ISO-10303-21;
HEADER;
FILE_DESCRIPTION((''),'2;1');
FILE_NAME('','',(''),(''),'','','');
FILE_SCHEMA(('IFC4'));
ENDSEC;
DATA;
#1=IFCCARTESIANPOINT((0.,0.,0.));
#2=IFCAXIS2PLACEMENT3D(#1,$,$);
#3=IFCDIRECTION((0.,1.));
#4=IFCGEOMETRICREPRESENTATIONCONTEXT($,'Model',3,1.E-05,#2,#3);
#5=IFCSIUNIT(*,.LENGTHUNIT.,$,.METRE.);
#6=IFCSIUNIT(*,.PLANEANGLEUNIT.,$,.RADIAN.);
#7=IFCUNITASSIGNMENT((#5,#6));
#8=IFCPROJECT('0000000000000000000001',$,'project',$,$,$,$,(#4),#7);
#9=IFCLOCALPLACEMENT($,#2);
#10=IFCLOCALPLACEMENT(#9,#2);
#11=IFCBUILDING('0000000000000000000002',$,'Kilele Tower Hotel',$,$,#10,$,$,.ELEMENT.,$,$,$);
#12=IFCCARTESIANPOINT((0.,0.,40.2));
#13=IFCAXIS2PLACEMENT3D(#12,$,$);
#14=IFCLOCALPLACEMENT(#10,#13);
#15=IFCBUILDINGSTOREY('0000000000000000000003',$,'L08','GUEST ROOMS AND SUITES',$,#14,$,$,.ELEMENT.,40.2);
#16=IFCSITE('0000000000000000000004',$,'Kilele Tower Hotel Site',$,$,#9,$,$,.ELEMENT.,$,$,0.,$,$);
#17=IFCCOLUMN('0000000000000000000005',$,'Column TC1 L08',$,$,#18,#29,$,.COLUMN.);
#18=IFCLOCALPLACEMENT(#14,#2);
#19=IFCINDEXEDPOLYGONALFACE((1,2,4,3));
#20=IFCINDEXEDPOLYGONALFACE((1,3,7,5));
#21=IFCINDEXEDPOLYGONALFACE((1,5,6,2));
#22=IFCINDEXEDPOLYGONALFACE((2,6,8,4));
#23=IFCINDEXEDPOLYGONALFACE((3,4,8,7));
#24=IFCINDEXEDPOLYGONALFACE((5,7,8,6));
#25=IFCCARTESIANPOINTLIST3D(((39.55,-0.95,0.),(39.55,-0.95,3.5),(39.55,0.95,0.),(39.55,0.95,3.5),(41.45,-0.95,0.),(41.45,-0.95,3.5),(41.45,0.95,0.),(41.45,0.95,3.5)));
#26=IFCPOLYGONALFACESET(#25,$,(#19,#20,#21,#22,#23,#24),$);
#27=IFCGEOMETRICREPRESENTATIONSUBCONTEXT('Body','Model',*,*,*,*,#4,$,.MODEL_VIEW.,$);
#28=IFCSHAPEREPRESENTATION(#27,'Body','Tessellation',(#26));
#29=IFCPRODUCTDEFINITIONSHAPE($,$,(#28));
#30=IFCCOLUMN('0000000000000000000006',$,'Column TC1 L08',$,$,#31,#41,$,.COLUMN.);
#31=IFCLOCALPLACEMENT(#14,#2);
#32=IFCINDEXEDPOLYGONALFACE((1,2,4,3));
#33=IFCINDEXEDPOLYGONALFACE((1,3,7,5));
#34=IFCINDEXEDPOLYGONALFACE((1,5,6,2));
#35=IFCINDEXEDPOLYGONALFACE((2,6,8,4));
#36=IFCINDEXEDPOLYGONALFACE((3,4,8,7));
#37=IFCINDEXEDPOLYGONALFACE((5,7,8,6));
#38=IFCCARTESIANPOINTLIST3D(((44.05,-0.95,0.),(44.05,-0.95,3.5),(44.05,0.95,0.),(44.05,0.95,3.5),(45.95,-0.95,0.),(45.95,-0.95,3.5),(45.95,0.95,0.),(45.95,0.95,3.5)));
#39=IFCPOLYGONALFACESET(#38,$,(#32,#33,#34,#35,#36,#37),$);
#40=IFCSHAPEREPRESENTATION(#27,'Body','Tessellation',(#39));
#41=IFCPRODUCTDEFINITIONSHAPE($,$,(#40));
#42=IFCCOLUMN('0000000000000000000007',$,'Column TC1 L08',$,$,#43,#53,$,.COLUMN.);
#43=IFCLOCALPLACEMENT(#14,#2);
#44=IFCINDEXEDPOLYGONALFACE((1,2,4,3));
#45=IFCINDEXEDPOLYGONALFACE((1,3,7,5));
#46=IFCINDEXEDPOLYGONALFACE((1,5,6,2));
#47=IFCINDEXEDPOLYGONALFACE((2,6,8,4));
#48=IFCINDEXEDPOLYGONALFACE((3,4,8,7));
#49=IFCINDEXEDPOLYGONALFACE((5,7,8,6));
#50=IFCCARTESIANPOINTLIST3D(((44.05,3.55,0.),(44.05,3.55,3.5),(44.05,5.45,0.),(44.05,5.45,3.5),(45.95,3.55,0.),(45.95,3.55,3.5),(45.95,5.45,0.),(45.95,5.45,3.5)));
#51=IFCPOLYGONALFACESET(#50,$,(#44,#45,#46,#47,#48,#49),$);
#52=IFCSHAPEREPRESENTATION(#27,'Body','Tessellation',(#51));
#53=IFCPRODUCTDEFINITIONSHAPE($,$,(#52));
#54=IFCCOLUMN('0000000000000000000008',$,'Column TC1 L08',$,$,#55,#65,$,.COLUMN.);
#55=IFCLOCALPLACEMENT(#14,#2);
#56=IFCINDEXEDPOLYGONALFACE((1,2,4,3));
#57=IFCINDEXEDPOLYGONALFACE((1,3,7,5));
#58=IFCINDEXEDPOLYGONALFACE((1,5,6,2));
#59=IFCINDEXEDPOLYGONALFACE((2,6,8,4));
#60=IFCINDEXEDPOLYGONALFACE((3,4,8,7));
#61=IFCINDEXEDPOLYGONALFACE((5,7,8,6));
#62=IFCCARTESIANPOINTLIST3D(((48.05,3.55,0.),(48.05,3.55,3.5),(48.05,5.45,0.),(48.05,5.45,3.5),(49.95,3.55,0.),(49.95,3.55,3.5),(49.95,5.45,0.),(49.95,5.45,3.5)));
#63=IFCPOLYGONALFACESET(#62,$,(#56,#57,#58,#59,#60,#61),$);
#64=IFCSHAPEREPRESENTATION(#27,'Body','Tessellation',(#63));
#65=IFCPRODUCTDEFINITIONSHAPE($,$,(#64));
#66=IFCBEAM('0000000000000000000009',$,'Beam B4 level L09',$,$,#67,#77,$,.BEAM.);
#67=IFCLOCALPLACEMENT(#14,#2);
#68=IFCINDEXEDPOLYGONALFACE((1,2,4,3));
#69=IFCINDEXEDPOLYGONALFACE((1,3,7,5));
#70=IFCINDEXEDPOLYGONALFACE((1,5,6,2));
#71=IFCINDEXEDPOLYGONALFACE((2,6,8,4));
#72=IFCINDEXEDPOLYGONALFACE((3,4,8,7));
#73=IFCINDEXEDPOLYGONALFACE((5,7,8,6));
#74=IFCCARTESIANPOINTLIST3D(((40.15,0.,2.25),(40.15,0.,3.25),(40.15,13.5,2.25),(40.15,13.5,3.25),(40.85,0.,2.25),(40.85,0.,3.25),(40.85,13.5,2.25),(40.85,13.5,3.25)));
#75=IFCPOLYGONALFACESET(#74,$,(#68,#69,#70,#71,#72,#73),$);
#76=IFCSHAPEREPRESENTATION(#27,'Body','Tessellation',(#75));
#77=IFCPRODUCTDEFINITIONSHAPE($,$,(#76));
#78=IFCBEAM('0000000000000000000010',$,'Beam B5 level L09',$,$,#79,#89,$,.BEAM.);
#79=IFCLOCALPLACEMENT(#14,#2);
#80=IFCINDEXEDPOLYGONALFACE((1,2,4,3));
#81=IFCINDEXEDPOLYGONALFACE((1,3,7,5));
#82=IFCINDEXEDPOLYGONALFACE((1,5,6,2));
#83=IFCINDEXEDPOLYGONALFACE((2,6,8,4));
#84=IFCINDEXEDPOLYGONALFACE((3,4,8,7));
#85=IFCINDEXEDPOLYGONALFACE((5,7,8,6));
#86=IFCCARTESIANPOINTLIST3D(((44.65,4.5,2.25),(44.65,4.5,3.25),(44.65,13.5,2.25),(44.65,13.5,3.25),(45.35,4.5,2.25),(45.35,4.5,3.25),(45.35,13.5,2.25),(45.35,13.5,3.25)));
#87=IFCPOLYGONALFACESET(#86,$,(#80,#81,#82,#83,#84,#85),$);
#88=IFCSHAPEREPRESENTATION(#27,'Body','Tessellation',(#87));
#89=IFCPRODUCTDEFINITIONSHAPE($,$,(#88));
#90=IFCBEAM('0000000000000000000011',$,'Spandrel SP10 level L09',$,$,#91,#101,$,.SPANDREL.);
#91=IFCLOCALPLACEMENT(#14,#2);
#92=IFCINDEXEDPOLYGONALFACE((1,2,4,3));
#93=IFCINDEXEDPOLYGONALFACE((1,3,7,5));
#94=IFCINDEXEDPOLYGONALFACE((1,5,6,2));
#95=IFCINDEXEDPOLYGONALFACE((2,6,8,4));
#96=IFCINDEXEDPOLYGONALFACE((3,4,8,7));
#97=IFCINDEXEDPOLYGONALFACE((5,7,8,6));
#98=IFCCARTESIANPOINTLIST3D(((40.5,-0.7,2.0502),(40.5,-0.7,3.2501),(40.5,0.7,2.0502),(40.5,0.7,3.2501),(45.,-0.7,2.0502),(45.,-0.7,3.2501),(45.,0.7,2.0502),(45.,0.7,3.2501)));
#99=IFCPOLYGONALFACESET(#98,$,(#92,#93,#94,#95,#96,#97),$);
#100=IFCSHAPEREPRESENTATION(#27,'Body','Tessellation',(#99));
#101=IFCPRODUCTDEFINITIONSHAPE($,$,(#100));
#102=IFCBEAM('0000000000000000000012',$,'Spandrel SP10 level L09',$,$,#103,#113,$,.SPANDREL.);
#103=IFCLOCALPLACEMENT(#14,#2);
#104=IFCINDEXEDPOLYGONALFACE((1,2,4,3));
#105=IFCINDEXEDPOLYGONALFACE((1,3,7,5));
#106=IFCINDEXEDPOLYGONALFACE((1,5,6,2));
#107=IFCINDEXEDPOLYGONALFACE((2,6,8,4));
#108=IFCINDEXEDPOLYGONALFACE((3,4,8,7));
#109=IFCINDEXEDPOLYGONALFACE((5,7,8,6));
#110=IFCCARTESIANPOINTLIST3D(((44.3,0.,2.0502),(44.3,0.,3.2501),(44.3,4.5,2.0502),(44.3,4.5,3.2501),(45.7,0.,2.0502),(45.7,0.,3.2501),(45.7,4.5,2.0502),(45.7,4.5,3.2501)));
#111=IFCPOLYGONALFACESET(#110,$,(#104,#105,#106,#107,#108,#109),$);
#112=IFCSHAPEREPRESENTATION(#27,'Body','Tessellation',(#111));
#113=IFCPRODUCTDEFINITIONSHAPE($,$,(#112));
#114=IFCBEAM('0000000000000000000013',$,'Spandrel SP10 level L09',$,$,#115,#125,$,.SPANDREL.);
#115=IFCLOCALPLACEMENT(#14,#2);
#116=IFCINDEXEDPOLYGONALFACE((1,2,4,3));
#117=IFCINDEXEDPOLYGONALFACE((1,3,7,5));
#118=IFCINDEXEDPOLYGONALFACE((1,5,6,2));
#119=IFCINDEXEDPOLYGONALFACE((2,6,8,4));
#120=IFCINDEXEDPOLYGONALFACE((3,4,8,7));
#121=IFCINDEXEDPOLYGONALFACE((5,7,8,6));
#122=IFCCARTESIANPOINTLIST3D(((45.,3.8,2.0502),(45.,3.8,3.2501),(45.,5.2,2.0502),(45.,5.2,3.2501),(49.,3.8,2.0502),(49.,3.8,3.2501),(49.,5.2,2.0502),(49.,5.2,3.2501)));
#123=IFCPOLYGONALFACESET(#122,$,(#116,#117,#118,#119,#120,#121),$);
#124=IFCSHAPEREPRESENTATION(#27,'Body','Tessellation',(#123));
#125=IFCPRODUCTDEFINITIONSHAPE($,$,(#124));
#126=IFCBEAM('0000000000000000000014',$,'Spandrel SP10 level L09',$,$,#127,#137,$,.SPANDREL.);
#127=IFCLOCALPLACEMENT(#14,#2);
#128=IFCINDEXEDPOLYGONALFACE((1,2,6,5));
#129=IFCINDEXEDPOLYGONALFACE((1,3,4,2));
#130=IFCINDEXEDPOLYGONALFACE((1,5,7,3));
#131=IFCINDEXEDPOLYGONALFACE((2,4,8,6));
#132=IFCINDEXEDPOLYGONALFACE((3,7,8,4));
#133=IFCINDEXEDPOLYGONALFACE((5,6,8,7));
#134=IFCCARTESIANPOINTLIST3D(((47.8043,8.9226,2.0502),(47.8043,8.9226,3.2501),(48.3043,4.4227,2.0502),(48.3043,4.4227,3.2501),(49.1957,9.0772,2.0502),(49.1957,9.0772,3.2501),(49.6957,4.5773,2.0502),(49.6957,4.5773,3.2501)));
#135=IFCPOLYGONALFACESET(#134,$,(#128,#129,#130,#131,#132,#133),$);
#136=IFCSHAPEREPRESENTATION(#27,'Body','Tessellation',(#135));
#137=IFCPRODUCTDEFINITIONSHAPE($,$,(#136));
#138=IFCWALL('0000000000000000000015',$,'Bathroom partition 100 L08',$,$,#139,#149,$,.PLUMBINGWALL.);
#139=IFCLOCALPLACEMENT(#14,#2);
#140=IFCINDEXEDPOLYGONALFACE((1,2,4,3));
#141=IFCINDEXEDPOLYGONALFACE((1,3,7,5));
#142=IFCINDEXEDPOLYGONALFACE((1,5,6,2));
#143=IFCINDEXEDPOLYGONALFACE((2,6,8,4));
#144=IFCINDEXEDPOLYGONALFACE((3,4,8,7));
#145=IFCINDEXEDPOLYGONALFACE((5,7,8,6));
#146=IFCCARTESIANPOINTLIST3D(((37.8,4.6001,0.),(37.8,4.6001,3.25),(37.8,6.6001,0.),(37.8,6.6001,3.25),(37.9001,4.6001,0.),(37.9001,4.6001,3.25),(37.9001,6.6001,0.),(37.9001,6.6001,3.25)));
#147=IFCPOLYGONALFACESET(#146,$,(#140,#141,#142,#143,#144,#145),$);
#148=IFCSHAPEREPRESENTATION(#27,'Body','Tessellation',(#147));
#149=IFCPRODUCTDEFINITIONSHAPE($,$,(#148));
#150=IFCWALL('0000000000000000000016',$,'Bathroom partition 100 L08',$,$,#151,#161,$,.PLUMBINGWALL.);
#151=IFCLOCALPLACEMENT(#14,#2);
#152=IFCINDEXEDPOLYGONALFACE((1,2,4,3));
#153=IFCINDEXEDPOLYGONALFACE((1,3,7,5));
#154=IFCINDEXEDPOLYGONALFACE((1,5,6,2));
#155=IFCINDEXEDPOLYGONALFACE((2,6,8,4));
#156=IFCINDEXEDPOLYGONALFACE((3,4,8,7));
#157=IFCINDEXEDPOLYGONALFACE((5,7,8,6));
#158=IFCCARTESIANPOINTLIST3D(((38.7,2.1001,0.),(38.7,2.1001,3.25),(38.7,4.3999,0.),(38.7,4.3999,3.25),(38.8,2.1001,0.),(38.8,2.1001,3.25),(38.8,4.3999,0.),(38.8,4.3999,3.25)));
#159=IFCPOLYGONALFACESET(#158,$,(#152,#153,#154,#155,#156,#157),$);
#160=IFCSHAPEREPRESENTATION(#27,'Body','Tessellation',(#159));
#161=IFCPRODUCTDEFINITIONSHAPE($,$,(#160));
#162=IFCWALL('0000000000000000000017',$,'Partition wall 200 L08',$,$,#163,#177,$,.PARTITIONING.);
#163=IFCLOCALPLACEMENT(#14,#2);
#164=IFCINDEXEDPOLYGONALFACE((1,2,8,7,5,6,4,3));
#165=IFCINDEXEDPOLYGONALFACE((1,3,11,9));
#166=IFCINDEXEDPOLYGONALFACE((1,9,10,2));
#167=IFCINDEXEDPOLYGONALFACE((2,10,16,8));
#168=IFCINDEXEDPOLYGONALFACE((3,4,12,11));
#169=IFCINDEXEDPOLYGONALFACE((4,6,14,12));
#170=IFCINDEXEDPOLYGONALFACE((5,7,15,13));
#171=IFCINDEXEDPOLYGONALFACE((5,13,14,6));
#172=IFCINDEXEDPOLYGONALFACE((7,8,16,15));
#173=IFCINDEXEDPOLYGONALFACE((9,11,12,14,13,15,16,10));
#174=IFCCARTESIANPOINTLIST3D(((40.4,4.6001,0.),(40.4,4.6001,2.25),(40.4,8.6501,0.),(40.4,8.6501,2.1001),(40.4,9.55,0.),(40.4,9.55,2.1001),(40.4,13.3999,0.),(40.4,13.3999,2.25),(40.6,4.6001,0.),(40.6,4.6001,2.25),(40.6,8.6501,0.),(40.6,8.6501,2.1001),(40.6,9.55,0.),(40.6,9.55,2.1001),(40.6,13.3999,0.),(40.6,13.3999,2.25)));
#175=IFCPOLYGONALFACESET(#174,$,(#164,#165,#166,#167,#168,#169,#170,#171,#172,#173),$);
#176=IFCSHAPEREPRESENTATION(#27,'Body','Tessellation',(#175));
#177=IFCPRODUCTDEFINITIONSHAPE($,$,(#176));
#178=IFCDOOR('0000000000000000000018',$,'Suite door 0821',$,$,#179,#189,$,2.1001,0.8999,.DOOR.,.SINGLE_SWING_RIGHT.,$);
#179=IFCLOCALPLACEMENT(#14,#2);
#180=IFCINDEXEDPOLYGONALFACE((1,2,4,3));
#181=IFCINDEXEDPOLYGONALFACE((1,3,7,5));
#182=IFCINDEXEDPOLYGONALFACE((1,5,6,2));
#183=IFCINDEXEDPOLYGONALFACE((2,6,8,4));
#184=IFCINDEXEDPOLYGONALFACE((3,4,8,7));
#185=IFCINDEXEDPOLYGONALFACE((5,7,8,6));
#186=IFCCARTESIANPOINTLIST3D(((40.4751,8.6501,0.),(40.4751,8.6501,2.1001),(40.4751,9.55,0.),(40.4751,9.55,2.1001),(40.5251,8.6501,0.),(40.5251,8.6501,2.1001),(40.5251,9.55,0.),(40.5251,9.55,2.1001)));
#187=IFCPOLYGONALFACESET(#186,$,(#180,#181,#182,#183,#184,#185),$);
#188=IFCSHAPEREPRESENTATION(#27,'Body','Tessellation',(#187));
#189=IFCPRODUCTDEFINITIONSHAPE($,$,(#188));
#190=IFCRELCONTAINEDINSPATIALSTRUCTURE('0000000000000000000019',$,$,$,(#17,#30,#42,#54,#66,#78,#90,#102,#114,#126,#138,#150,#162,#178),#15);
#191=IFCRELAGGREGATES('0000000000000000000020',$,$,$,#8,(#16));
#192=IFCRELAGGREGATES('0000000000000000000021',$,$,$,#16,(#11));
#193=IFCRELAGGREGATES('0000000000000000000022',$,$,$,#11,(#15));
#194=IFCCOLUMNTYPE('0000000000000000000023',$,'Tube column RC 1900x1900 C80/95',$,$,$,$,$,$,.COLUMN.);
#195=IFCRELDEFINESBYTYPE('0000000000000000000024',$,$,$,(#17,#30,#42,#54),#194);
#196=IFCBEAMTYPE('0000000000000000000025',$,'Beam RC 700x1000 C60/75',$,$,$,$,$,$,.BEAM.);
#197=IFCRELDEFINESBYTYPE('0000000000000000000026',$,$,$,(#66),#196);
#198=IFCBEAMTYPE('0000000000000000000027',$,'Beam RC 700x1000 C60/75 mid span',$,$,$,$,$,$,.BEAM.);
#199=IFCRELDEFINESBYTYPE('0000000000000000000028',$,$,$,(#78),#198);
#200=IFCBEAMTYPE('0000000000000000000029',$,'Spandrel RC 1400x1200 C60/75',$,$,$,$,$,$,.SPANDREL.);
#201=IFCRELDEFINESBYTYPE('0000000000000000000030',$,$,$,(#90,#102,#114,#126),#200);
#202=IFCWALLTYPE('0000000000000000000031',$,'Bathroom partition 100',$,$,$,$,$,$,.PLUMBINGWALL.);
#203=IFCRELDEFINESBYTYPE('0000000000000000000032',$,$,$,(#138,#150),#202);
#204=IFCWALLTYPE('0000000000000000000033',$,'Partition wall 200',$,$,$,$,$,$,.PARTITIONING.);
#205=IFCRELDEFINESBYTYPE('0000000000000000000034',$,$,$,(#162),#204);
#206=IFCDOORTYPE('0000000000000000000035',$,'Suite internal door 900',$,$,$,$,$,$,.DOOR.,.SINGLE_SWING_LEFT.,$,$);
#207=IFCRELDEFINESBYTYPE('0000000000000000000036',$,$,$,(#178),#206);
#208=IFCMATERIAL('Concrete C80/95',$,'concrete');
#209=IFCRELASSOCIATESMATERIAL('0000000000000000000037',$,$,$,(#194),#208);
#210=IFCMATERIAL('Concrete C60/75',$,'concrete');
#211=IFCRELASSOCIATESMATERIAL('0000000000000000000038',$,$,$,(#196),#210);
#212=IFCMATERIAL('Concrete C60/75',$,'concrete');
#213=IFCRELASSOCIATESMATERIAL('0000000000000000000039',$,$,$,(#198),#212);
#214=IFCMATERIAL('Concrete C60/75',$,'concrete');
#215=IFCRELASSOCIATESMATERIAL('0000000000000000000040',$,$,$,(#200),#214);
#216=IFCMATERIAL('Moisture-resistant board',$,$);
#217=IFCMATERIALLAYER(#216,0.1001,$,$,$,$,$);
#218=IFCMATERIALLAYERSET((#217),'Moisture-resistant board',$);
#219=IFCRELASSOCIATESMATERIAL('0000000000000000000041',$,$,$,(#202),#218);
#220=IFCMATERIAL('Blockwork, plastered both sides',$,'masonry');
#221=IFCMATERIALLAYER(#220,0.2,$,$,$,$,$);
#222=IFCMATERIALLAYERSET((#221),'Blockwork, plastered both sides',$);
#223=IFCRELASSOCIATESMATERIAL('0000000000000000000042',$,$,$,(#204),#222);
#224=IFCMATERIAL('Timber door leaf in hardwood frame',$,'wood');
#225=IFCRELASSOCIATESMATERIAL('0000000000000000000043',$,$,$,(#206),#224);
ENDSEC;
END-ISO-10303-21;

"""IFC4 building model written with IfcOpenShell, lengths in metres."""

from ifc_helpers import new_model, si_unit, direction, frame, frame_2d, origin, origin_2d, place, context, subcontext, project, spatial, rectangle, extrude, material, layer, layer_set, material_profile, profile_set, type_object, element, fill, save


model = new_model("IFC4")

# Units and contexts
model_context = context("Model", 3, precision=1e-05, world=origin(), true_north=direction((0.0, 1.0)))
body_context = subcontext(model_context, "Body", "Model", "MODEL_VIEW")
ifc_project = project(units=[si_unit("LENGTHUNIT", "METRE"), si_unit("PLANEANGLEUNIT", "RADIAN")], contexts=[model_context])

# Site, building, storey
site_placement = place(None, origin())
site = spatial("IfcSite", under=ifc_project, at=site_placement, Name="Kilele Tower Hotel Site", CompositionType="ELEMENT", RefElevation=0.0)
building_placement = place(site_placement, origin())
building = spatial("IfcBuilding", under=site, at=building_placement, Name="Kilele Tower Hotel", CompositionType="ELEMENT")
storey_placement = place(building_placement, frame((0.0, 0.0, 40.2)))
storey = spatial("IfcBuildingStorey", under=building, at=storey_placement, Name="L08", Description="GUEST ROOMS AND SUITES", CompositionType="ELEMENT", Elevation=40.2)

# Columns
ifc_material_1 = material(Name="Concrete C80/95", Category="concrete")
ifc_material_profile_1 = material_profile(ifc_material_1, rectangle(XDim=1.8999, YDim=1.8999, at=origin_2d()))
ifc_profile_set_1 = profile_set([ifc_material_profile_1], Name="Concrete C80/95")
column_type = type_object("IfcColumnType", Name="Tube column RC 1900x1900 C80/95", PredefinedType="COLUMN", material=ifc_profile_set_1)
for number, where, z_axis, x_axis, name in (
    (1, (40.5, 0.0, 0.0), (0.0, 0.0, 1.0), (1.0, 0.0, 0.0), "Column TC1 L08"),
    (2, (45.0, 0.0, 0.0), (0.0, 0.0, 1.0), (1.0, 0.0, 0.0), "Column TC1 L08"),
    (3, (45.0, 4.5, 0.0), (0.0, 0.0, 1.0), (1.0, 0.0, 0.0), "Column TC1 L08"),
    (4, (49.0, 4.5, 0.0), (0.0, 0.0, 1.0), (1.0, 0.0, 0.0), "Column TC1 L08"),
):
    element("IfcColumn", number, at=place(storey_placement, frame(where, z_axis=z_axis, x_axis=x_axis)), inside=storey, type_object=column_type, Name=name, PredefinedType="COLUMN", context=body_context, shape_type="SweptSolid", body=[
        extrude(rectangle(XDim=1.8999, YDim=1.8999, at=origin_2d()), origin(), (0.0, 0.0, 1.0), 3.5),
    ])

# Beams
ifc_material_2 = material(Name="Concrete C60/75", Category="concrete")
ifc_material_profile_2 = material_profile(ifc_material_2, rectangle(XDim=0.7, YDim=1.0, at=origin_2d()))
ifc_profile_set_2 = profile_set([ifc_material_profile_2], Name="Concrete C60/75")
beam_type_1 = type_object("IfcBeamType", Name="Beam RC 700x1000 C60/75", PredefinedType="BEAM", material=ifc_profile_set_2)
beam_1_placement = place(storey_placement, frame((40.5, 0.0, 2.75), z_axis=(0.0, 1.0, 0.0), x_axis=(-1.0, 0.0, 0.0)))
element("IfcBeam", 5, at=beam_1_placement, inside=storey, type_object=beam_type_1, Name="Beam B4 level L09", PredefinedType="BEAM", context=body_context, shape_type="SweptSolid", body=[
    extrude(rectangle(XDim=0.7, YDim=1.0, at=origin_2d()), origin(), (0.0, 0.0, 1.0), 13.5),
])
ifc_material_3 = material(Name="Concrete C60/75", Category="concrete")
ifc_material_profile_3 = material_profile(ifc_material_3, rectangle(XDim=0.7, YDim=1.0, at=origin_2d()))
ifc_profile_set_3 = profile_set([ifc_material_profile_3], Name="Concrete C60/75")
beam_type_2 = type_object("IfcBeamType", Name="Beam RC 700x1000 C60/75 mid span", PredefinedType="BEAM", material=ifc_profile_set_3)
beam_2_placement = place(storey_placement, frame((45.0, 4.5, 2.75), z_axis=(0.0, 1.0, 0.0), x_axis=(-1.0, 0.0, 0.0)))
element("IfcBeam", 6, at=beam_2_placement, inside=storey, type_object=beam_type_2, Name="Beam B5 level L09", PredefinedType="BEAM", context=body_context, shape_type="SweptSolid", body=[
    extrude(rectangle(XDim=0.7, YDim=1.0, at=origin_2d()), origin(), (0.0, 0.0, 1.0), 9.0),
])
ifc_material_4 = material(Name="Concrete C60/75", Category="concrete")
ifc_material_profile_4 = material_profile(ifc_material_4, rectangle(XDim=1.3999, YDim=1.2, at=origin_2d()))
ifc_profile_set_4 = profile_set([ifc_material_profile_4], Name="Concrete C60/75")
beam_type_3 = type_object("IfcBeamType", Name="Spandrel RC 1400x1200 C60/75", PredefinedType="SPANDREL", material=ifc_profile_set_4)
for number, where, z_axis, x_axis, name in (
    (7, (40.5, 0.0, 2.6501), (1.0, 0.0, 0.0), (0.0, 1.0, 0.0), "Spandrel SP10 level L09"),
    (8, (45.0, 0.0, 2.6501), (0.0, 1.0, 0.0), (-1.0, 0.0, 0.0), "Spandrel SP10 level L09"),
):
    element("IfcBeam", number, at=place(storey_placement, frame(where, z_axis=z_axis, x_axis=x_axis)), inside=storey, type_object=beam_type_3, Name=name, PredefinedType="SPANDREL", context=body_context, shape_type="SweptSolid", body=[
        extrude(rectangle(XDim=1.3999, YDim=1.2, at=origin_2d()), origin(), (0.0, 0.0, 1.0), 4.5),
    ])
beam_3_placement = place(storey_placement, frame((45.0, 4.5, 2.6501), z_axis=(1.0, 0.0, 0.0), x_axis=(0.0, 1.0, 0.0)))
element("IfcBeam", 9, at=beam_3_placement, inside=storey, type_object=beam_type_3, Name="Spandrel SP10 level L09", PredefinedType="SPANDREL", context=body_context, shape_type="SweptSolid", body=[
    extrude(rectangle(XDim=1.3999, YDim=1.2, at=origin_2d()), origin(), (0.0, 0.0, 1.0), 4.0),
])
beam_4_placement = place(storey_placement, frame((49.0, 4.5, 2.6501), z_axis=(-0.110432, 0.993884, 0.0), x_axis=(-0.993884, -0.110432, 0.0)))
element("IfcBeam", 10, at=beam_4_placement, inside=storey, type_object=beam_type_3, Name="Spandrel SP10 level L09", PredefinedType="SPANDREL", context=body_context, shape_type="SweptSolid", body=[
    extrude(rectangle(XDim=1.3999, YDim=1.2, at=origin_2d()), origin(), (0.0, 0.0, 1.0), 4.5276),
])

# Walls
ifc_material_5 = material(Name="Moisture-resistant board")
ifc_layer_1 = layer(ifc_material_5, 0.1001)
ifc_layer_set_1 = layer_set([ifc_layer_1], Name="Moisture-resistant board")
wall_type_1 = type_object("IfcWallType", Name="Bathroom partition 100", PredefinedType="PLUMBINGWALL", material=ifc_layer_set_1)
wall_1_placement = place(storey_placement, frame((37.8501, 4.6001, 0.0), z_axis=(0.0, 0.0, 1.0), x_axis=(0.0, 1.0, 0.0)))
element("IfcWall", 11, at=wall_1_placement, inside=storey, type_object=wall_type_1, Name="Bathroom partition 100 L08", PredefinedType="PLUMBINGWALL", context=body_context, shape_type="SweptSolid", body=[
    extrude(rectangle(XDim=2.0, YDim=0.1001, at=frame_2d((1.0, 0.0))), origin(), (0.0, 0.0, 1.0), 3.25),
])
wall_2_placement = place(storey_placement, frame((38.75, 4.3999, 0.0), z_axis=(0.0, 0.0, 1.0), x_axis=(0.0, -1.0, 0.0)))
element("IfcWall", 12, at=wall_2_placement, inside=storey, type_object=wall_type_1, Name="Bathroom partition 100 L08", PredefinedType="PLUMBINGWALL", context=body_context, shape_type="SweptSolid", body=[
    extrude(rectangle(XDim=2.2998, YDim=0.1001, at=frame_2d((1.1499, 0.0))), origin(), (0.0, 0.0, 1.0), 3.25),
])

# Wall, opening, door
ifc_material_6 = material(Name="Blockwork, plastered both sides", Category="masonry")
ifc_layer_2 = layer(ifc_material_6, 0.2)
ifc_layer_set_2 = layer_set([ifc_layer_2], Name="Blockwork, plastered both sides")
wall_type_2 = type_object("IfcWallType", Name="Partition wall 200", PredefinedType="PARTITIONING", material=ifc_layer_set_2)
wall_3_placement = place(storey_placement, frame((40.5, 4.6001, 0.0), z_axis=(0.0, 0.0, 1.0), x_axis=(0.0, 1.0, 0.0)))
wall_3 = element("IfcWall", 13, at=wall_3_placement, inside=storey, type_object=wall_type_2, Name="Partition wall 200 L08", PredefinedType="PARTITIONING", context=body_context, shape_type="SweptSolid", body=[
    extrude(rectangle(XDim=8.7998, YDim=0.2, at=frame_2d((4.3999, 0.0))), origin(), (0.0, 0.0, 1.0), 2.25),
])
opening_1_placement = place(wall_3_placement, frame((4.05, 0.0, 0.0)))
opening_1 = element("IfcOpeningElement", 14, at=opening_1_placement, cuts=wall_3, PredefinedType="OPENING", context=body_context, shape_type="SweptSolid", body=[
    extrude(rectangle(XDim=0.8999, YDim=2.1001, at=frame_2d((0.45, 1.05))), frame((0.0, 0.1099, 0.0), z_axis=(0.0, -1.0, 0.0), x_axis=(1.0, 0.0, 0.0)), (0.0, 0.0, 1.0), 0.22),
])
ifc_material_7 = material(Name="Timber door leaf in hardwood frame", Category="wood")
door_type = type_object("IfcDoorType", Name="Suite internal door 900", OperationType="SINGLE_SWING_LEFT", PredefinedType="DOOR", material=ifc_material_7)
door_placement = place(opening_1_placement, origin())
door = element("IfcDoor", 15, at=door_placement, inside=storey, type_object=door_type, Name="Suite door 0821", OperationType="SINGLE_SWING_RIGHT", OverallHeight=2.1001, OverallWidth=0.8999, PredefinedType="DOOR", context=body_context, shape_type="SweptSolid", body=[
    extrude(rectangle(XDim=0.8999, YDim=2.1001, at=frame_2d((0.45, 1.05))), frame((0.0, 0.0249, 0.0), z_axis=(0.0, -1.0, 0.0), x_axis=(1.0, 0.0, 0.0)), (0.0, 0.0, 1.0), 0.05),
])
fill(opening_1, door)

save(model, "model.ifc")
